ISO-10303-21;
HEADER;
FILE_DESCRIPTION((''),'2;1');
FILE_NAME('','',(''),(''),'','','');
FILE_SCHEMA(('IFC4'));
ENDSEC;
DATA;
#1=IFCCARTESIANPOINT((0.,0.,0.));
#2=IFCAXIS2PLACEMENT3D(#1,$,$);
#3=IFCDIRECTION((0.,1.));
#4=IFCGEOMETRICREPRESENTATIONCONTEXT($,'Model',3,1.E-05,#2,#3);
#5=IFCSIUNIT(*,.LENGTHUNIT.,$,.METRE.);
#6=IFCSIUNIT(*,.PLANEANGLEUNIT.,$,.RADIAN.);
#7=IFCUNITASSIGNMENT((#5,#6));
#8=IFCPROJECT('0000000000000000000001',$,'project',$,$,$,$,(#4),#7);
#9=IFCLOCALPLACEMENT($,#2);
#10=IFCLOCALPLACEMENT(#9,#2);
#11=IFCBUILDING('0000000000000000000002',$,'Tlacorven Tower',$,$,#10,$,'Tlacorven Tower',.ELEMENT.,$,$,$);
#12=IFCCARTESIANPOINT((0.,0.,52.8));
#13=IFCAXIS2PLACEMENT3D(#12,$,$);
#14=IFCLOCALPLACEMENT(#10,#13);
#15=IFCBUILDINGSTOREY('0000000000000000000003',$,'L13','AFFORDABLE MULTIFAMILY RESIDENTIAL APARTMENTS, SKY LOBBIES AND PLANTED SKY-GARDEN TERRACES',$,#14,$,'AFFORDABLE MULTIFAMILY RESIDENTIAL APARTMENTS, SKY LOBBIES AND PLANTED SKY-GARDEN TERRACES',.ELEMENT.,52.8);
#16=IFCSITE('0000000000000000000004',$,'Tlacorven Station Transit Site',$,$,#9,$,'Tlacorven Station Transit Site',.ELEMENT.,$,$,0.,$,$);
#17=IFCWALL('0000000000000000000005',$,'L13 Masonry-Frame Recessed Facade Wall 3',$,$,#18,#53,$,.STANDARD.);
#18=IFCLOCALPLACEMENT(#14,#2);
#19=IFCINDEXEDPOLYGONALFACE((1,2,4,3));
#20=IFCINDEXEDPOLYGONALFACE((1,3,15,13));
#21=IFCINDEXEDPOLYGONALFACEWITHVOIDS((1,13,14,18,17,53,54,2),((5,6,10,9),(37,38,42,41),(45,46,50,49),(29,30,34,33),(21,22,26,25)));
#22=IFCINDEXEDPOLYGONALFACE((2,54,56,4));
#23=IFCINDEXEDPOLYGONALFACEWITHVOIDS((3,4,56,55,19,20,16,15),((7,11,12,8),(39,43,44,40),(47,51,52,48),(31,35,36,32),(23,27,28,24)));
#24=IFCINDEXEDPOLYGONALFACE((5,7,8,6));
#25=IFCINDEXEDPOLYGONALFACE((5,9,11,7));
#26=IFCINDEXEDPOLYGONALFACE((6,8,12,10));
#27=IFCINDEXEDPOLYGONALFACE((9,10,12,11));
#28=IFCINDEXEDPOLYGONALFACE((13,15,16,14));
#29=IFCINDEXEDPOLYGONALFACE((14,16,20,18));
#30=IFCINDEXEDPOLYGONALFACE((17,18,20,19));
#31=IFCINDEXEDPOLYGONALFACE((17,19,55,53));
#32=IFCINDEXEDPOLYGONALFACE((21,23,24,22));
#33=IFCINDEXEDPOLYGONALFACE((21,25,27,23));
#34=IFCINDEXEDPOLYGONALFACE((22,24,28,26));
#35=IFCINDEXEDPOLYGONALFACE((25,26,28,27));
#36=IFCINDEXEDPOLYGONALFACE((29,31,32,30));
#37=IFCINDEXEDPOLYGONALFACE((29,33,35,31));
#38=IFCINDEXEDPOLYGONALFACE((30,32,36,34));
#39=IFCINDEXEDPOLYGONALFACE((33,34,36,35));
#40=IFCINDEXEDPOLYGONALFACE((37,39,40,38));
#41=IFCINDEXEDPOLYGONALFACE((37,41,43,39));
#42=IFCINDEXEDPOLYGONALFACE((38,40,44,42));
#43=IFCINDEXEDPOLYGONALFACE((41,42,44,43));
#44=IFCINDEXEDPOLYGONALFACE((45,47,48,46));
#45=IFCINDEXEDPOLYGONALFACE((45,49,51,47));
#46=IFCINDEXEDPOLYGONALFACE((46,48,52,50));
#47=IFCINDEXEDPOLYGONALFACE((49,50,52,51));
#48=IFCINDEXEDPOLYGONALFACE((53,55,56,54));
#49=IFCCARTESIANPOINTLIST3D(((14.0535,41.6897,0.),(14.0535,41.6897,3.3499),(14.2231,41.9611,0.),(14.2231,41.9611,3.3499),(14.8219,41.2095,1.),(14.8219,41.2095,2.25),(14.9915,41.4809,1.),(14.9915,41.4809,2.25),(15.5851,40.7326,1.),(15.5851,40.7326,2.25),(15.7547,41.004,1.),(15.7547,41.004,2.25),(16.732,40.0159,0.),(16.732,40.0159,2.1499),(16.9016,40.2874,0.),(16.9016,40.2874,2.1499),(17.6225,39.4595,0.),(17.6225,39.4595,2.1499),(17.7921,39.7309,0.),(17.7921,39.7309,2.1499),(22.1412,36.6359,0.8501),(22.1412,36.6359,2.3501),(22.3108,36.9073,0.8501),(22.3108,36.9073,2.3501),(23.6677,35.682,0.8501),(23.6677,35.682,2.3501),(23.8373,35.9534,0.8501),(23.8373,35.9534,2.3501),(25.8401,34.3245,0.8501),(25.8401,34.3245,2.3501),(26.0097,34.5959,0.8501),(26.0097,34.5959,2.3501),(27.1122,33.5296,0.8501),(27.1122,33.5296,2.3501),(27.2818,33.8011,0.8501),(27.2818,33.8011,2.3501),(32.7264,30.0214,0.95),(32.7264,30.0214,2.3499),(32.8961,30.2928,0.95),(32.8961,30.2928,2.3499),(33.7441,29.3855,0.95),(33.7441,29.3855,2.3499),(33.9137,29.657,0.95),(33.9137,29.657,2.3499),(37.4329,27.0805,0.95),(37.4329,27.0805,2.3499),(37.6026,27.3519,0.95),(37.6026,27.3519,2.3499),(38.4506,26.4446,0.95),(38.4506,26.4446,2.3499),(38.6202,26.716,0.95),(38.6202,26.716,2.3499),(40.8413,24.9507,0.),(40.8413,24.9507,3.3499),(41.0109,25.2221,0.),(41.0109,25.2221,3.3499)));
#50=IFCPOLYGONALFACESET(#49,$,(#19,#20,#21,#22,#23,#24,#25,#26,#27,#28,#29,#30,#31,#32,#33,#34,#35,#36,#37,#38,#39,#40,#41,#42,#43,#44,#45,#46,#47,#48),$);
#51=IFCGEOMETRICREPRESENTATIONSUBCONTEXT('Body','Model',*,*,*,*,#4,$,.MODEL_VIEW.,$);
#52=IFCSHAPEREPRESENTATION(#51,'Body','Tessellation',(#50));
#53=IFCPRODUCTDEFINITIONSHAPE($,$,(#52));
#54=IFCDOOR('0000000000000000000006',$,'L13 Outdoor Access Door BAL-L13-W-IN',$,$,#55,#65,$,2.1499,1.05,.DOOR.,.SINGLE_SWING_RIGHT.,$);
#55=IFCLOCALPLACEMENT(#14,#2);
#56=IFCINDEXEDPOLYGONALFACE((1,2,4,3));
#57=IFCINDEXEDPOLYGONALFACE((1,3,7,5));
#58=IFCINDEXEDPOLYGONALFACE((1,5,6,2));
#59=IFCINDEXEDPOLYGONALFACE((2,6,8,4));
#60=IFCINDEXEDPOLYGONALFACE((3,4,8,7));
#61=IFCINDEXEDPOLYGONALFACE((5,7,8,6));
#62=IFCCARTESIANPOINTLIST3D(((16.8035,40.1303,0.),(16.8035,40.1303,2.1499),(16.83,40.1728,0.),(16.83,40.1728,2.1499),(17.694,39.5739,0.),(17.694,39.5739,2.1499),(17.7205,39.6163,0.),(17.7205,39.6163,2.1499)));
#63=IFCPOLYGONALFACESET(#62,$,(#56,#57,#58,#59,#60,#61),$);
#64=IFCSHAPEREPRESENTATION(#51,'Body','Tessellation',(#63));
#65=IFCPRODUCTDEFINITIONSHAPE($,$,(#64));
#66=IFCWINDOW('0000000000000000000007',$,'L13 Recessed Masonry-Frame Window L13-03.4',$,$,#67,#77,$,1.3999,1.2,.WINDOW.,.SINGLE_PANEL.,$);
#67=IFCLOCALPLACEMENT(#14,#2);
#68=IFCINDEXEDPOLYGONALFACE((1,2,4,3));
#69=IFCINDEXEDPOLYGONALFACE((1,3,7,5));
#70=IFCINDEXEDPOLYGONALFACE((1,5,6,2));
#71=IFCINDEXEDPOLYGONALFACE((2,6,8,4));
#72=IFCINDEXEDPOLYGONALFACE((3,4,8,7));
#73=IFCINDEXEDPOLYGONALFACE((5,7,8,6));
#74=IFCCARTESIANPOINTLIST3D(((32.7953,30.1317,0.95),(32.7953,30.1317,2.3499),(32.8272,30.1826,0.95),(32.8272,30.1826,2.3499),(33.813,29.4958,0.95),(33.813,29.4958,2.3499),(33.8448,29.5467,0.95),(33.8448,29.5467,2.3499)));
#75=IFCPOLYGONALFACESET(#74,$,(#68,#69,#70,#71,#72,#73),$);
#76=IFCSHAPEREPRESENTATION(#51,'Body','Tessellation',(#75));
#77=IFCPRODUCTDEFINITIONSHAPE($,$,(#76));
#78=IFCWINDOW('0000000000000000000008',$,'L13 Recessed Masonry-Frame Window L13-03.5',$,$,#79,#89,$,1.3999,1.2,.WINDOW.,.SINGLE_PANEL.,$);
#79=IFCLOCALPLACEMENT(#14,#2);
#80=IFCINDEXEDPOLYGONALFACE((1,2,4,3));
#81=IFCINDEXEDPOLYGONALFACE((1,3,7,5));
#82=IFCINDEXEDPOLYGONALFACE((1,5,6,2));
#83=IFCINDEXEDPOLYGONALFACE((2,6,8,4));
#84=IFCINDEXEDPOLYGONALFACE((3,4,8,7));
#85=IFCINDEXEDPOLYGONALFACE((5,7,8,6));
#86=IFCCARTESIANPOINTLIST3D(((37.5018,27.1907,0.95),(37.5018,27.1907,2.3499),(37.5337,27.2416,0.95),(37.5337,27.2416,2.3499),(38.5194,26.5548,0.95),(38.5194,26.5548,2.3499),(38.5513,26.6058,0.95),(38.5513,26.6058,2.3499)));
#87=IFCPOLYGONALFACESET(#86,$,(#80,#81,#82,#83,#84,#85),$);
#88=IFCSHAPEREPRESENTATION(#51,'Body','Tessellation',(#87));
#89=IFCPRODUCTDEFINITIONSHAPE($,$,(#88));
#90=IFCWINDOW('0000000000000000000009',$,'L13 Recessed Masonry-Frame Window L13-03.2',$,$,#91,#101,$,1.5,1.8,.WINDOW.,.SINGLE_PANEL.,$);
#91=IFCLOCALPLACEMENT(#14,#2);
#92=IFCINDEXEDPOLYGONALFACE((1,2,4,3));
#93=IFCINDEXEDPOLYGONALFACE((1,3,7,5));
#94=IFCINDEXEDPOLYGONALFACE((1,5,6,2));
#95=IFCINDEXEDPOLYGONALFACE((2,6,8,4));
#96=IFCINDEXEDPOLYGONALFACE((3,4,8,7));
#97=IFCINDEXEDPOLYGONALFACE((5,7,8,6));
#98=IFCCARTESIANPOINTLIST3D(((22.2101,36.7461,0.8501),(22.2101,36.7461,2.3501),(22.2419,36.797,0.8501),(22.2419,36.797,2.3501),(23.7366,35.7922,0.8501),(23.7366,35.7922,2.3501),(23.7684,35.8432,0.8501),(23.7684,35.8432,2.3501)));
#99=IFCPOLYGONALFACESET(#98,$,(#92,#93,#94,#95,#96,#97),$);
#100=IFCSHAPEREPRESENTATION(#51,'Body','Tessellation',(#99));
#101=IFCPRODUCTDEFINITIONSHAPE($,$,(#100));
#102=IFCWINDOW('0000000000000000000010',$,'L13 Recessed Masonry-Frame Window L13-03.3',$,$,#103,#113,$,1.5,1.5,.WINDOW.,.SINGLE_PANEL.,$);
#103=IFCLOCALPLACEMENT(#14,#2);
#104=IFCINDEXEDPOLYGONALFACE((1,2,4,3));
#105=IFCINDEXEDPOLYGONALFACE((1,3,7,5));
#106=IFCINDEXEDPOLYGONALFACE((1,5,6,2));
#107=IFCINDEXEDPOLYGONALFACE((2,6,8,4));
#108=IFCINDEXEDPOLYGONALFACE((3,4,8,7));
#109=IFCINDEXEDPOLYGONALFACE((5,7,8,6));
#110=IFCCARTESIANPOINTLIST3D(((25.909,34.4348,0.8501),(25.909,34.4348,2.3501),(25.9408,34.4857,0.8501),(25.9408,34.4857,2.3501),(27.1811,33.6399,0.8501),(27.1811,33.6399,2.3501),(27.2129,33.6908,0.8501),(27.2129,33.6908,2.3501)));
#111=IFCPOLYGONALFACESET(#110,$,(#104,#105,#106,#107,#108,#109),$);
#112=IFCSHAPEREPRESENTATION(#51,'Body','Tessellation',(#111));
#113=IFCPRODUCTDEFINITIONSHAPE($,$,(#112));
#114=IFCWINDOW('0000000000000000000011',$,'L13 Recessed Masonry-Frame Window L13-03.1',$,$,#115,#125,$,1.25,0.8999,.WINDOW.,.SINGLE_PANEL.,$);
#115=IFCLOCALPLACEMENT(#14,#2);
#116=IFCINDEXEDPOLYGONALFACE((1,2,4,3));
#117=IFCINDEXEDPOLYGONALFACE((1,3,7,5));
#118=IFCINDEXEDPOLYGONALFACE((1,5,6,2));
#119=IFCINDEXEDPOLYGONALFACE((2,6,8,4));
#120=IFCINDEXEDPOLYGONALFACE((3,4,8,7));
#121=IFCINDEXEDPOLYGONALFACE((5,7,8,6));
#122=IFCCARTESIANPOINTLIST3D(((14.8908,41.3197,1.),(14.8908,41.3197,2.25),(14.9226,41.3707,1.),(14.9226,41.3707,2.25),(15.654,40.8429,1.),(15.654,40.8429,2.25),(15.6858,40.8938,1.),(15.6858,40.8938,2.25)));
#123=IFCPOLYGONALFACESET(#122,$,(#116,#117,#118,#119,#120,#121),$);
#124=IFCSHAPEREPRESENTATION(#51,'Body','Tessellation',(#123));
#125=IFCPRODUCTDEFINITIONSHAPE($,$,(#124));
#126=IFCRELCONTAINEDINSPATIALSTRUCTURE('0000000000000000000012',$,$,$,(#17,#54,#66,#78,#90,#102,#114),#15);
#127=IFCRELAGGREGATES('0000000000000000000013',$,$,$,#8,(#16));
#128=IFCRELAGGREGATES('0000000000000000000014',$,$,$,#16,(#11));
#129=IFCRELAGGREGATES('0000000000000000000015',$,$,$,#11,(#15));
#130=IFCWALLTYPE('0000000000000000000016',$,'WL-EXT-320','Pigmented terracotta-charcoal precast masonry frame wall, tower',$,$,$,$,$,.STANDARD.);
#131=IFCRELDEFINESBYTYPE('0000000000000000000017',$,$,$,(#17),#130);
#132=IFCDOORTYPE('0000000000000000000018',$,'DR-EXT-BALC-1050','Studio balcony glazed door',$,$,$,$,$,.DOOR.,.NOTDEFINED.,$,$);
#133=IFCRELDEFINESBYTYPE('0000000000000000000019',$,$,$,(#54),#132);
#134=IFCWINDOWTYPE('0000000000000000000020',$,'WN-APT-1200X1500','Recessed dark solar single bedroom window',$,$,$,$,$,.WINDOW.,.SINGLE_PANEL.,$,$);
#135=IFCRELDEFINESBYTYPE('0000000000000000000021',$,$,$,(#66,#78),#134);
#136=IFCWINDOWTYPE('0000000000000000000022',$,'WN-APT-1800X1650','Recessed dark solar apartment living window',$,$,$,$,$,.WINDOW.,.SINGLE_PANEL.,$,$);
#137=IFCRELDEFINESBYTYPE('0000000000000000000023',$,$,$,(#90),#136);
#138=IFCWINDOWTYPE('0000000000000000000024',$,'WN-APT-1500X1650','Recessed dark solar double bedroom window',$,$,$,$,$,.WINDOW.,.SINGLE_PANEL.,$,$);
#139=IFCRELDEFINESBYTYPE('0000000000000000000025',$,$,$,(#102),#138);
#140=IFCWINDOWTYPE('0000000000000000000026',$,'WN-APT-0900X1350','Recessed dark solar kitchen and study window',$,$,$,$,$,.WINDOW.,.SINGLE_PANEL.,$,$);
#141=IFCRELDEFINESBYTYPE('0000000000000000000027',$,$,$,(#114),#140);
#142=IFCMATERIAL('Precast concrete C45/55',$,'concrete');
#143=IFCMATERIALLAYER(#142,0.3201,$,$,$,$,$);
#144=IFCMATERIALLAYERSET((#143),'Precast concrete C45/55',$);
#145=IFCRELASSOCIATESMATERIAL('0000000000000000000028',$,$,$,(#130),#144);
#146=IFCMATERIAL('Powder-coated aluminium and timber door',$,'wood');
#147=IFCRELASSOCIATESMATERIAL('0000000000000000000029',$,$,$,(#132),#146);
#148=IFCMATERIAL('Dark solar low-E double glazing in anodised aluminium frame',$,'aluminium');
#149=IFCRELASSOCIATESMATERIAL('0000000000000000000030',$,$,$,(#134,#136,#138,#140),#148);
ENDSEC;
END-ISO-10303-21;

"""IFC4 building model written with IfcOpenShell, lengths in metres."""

from ifc_helpers import new_model, si_unit, direction, frame, frame_2d, origin, place, context, subcontext, project, spatial, rectangle, extrude, source, transform, mapped, material, layer, layer_set, type_object, element, fill, save


model = new_model("IFC4")

# Units and contexts
model_context = context("Model", 3, precision=1e-05, world=origin(), true_north=direction((0.0, 1.0)))
body_context = subcontext(model_context, "Body", "Model", "MODEL_VIEW")
ifc_project = project(units=[si_unit("LENGTHUNIT", "METRE"), si_unit("PLANEANGLEUNIT", "RADIAN")], contexts=[model_context])

# Site, building, storey
site_placement = place(None, origin())
site = spatial("IfcSite", under=ifc_project, at=site_placement, Name="Tlacorven Station Transit Site", LongName="Tlacorven Station Transit Site", CompositionType="ELEMENT", RefElevation=0.0)
building_placement = place(site_placement, origin())
building = spatial("IfcBuilding", under=site, at=building_placement, Name="Tlacorven Tower", LongName="Tlacorven Tower", CompositionType="ELEMENT")
storey_placement = place(building_placement, frame((0.0, 0.0, 52.8)))
storey = spatial("IfcBuildingStorey", under=building, at=storey_placement, Name="L13", Description="AFFORDABLE MULTIFAMILY RESIDENTIAL APARTMENTS, SKY LOBBIES AND PLANTED SKY-GARDEN TERRACES", LongName="AFFORDABLE MULTIFAMILY RESIDENTIAL APARTMENTS, SKY LOBBIES AND PLANTED SKY-GARDEN TERRACES", CompositionType="ELEMENT", Elevation=52.8)

# Wall, openings, door, windows
ifc_material_1 = material(Name="Precast concrete C45/55", Category="concrete")
ifc_layer_1 = layer(ifc_material_1, 0.3201)
ifc_layer_set_1 = layer_set([ifc_layer_1], Name="Precast concrete C45/55")
wall_type_1 = type_object("IfcWallType", Name="WL-EXT-320", Description="Pigmented terracotta-charcoal precast masonry frame wall, tower", PredefinedType="STANDARD", material=ifc_layer_set_1)
wall_1_placement = place(storey_placement, frame((14.1382, 41.8254, 0.0), z_axis=(0.0, 0.0, 1.0), x_axis=(0.848046, -0.529922, 0.0)))
wall_1 = element("IfcWall", 1, at=wall_1_placement, inside=storey, type_object=wall_type_1, Name="L13 Masonry-Frame Recessed Facade Wall 3", PredefinedType="STANDARD", context=body_context, shape_type="SweptSolid", body=[
    extrude(rectangle(XDim=31.5876, YDim=0.3201, at=frame_2d((15.7939, 0.0))), origin(), (0.0, 0.0, 1.0), 3.3499),
])
opening_1_placement = place(wall_1_placement, frame((3.1587, 0.0, 0.0)))
opening_1 = element("IfcOpeningElement", 2, at=opening_1_placement, cuts=wall_1, PredefinedType="OPENING", context=body_context, shape_type="SweptSolid", body=[
    extrude(rectangle(XDim=1.05, YDim=2.1499, at=frame_2d((0.5249, 1.075))), frame((0.0, 0.1699, 0.0), z_axis=(0.0, -1.0, 0.0), x_axis=(1.0, 0.0, 0.0)), (0.0, 0.0, 1.0), 0.3401),
])
opening_2_placement = place(wall_1_placement, frame((0.9062, 0.0, 1.0)))
opening_2 = element("IfcOpeningElement", 3, at=opening_2_placement, cuts=wall_1, PredefinedType="OPENING", context=body_context, shape_type="SweptSolid", body=[
    extrude(rectangle(XDim=0.8999, YDim=1.25, at=frame_2d((0.45, 0.625))), frame((0.0, 0.1699, 0.0), z_axis=(0.0, -1.0, 0.0), x_axis=(1.0, 0.0, 0.0)), (0.0, 0.0, 1.0), 0.3401),
])
opening_3_placement = place(wall_1_placement, frame((9.5371, 0.0, 0.8501)))
opening_3 = element("IfcOpeningElement", 4, at=opening_3_placement, cuts=wall_1, PredefinedType="OPENING", context=body_context, shape_type="SweptSolid", body=[
    extrude(rectangle(XDim=1.8, YDim=1.5, at=frame_2d((0.8999, 0.75))), frame((0.0, 0.1699, 0.0), z_axis=(0.0, -1.0, 0.0), x_axis=(1.0, 0.0, 0.0)), (0.0, 0.0, 1.0), 0.3401),
])
opening_4_placement = place(wall_1_placement, frame((13.8987, 0.0, 0.8501)))
opening_4 = element("IfcOpeningElement", 5, at=opening_4_placement, cuts=wall_1, PredefinedType="OPENING", context=body_context, shape_type="SweptSolid", body=[
    extrude(rectangle(XDim=1.5, YDim=1.5, at=frame_2d((0.75, 0.75))), frame((0.0, 0.1699, 0.0), z_axis=(0.0, -1.0, 0.0), x_axis=(1.0, 0.0, 0.0)), (0.0, 0.0, 1.0), 0.3401),
])
opening_5_placement = place(wall_1_placement, frame((22.0188, 0.0, 0.95)))
opening_5 = element("IfcOpeningElement", 6, at=opening_5_placement, cuts=wall_1, PredefinedType="OPENING", context=body_context, shape_type="SweptSolid", body=[
    extrude(rectangle(XDim=1.2, YDim=1.3999, at=frame_2d((0.6001, 0.7))), frame((0.0, 0.1699, 0.0), z_axis=(0.0, -1.0, 0.0), x_axis=(1.0, 0.0, 0.0)), (0.0, 0.0, 1.0), 0.3401),
])
opening_6_placement = place(wall_1_placement, frame((27.5686, 0.0, 0.95)))
opening_6 = element("IfcOpeningElement", 7, at=opening_6_placement, cuts=wall_1, PredefinedType="OPENING", context=body_context, shape_type="SweptSolid", body=[
    extrude(rectangle(XDim=1.2, YDim=1.3999, at=frame_2d((0.6001, 0.7))), frame((0.0, 0.1699, 0.0), z_axis=(0.0, -1.0, 0.0), x_axis=(1.0, 0.0, 0.0)), (0.0, 0.0, 1.0), 0.3401),
])
ifc_material_2 = material(Name="Powder-coated aluminium and timber door", Category="wood")
door_type_1 = type_object("IfcDoorType", Name="DR-EXT-BALC-1050", Description="Studio balcony glazed door", OperationType="NOTDEFINED", PredefinedType="DOOR", material=ifc_material_2)
shared_shape_1 = source(origin(), body_context, "Body", "SweptSolid", [
    extrude(rectangle(XDim=1.05, YDim=2.1499, at=frame_2d((0.5249, 1.075))), frame((0.0, 0.0249, 0.0), z_axis=(0.0, -1.0, 0.0), x_axis=(1.0, 0.0, 0.0)), (0.0, 0.0, 1.0), 0.05),
])
door_1_placement = place(opening_1_placement, origin())
door_1 = element("IfcDoor", 8, at=door_1_placement, inside=storey, type_object=door_type_1, Name="L13 Outdoor Access Door BAL-L13-W-IN", OperationType="SINGLE_SWING_RIGHT", OverallHeight=2.1499, OverallWidth=1.05, PredefinedType="DOOR", context=body_context, shape_type="MappedRepresentation", body=[
    mapped(shared_shape_1, transform((0.0, 0.0, 0.0), scale=1.0)),
])
fill(opening_1, door_1)
ifc_material_3 = material(Name="Dark solar low-E double glazing in anodised aluminium frame", Category="aluminium")
window_type_1 = type_object("IfcWindowType", Name="WN-APT-1200X1500", Description="Recessed dark solar single bedroom window", PartitioningType="SINGLE_PANEL", PredefinedType="WINDOW", material=ifc_material_3)
shared_shape_2 = source(origin(), body_context, "Body", "SweptSolid", [
    extrude(rectangle(XDim=1.2, YDim=1.3999, at=frame_2d((0.6001, 0.7))), frame((0.0, 0.03, 0.0), z_axis=(0.0, -1.0, 0.0), x_axis=(1.0, 0.0, 0.0)), (0.0, 0.0, 1.0), 0.0601),
])
window_1_placement = place(opening_5_placement, origin())
window_1 = element("IfcWindow", 9, at=window_1_placement, inside=storey, type_object=window_type_1, Name="L13 Recessed Masonry-Frame Window L13-03.4", OverallHeight=1.3999, OverallWidth=1.2, PartitioningType="SINGLE_PANEL", PredefinedType="WINDOW", context=body_context, shape_type="MappedRepresentation", body=[
    mapped(shared_shape_2, transform((0.0, 0.0, 0.0), scale=1.0)),
])
fill(opening_5, window_1)
window_2_placement = place(opening_6_placement, origin())
window_2 = element("IfcWindow", 10, at=window_2_placement, inside=storey, type_object=window_type_1, Name="L13 Recessed Masonry-Frame Window L13-03.5", OverallHeight=1.3999, OverallWidth=1.2, PartitioningType="SINGLE_PANEL", PredefinedType="WINDOW", context=body_context, shape_type="MappedRepresentation", body=[
    mapped(shared_shape_2, transform((0.0, 0.0, 0.0), scale=1.0)),
])
fill(opening_6, window_2)
window_type_2 = type_object("IfcWindowType", Name="WN-APT-1800X1650", Description="Recessed dark solar apartment living window", PartitioningType="SINGLE_PANEL", PredefinedType="WINDOW", material=ifc_material_3)
shared_shape_3 = source(origin(), body_context, "Body", "SweptSolid", [
    extrude(rectangle(XDim=1.8, YDim=1.5, at=frame_2d((0.8999, 0.75))), frame((0.0, 0.03, 0.0), z_axis=(0.0, -1.0, 0.0), x_axis=(1.0, 0.0, 0.0)), (0.0, 0.0, 1.0), 0.0601),
])
window_3_placement = place(opening_3_placement, origin())
window_3 = element("IfcWindow", 11, at=window_3_placement, inside=storey, type_object=window_type_2, Name="L13 Recessed Masonry-Frame Window L13-03.2", OverallHeight=1.5, OverallWidth=1.8, PartitioningType="SINGLE_PANEL", PredefinedType="WINDOW", context=body_context, shape_type="MappedRepresentation", body=[
    mapped(shared_shape_3, transform((0.0, 0.0, 0.0), scale=1.0)),
])
fill(opening_3, window_3)
window_type_3 = type_object("IfcWindowType", Name="WN-APT-1500X1650", Description="Recessed dark solar double bedroom window", PartitioningType="SINGLE_PANEL", PredefinedType="WINDOW", material=ifc_material_3)
shared_shape_4 = source(origin(), body_context, "Body", "SweptSolid", [
    extrude(rectangle(XDim=1.5, YDim=1.5, at=frame_2d((0.75, 0.75))), frame((0.0, 0.03, 0.0), z_axis=(0.0, -1.0, 0.0), x_axis=(1.0, 0.0, 0.0)), (0.0, 0.0, 1.0), 0.0601),
])
window_4_placement = place(opening_4_placement, origin())
window_4 = element("IfcWindow", 12, at=window_4_placement, inside=storey, type_object=window_type_3, Name="L13 Recessed Masonry-Frame Window L13-03.3", OverallHeight=1.5, OverallWidth=1.5, PartitioningType="SINGLE_PANEL", PredefinedType="WINDOW", context=body_context, shape_type="MappedRepresentation", body=[
    mapped(shared_shape_4, transform((0.0, 0.0, 0.0), scale=1.0)),
])
fill(opening_4, window_4)
window_type_4 = type_object("IfcWindowType", Name="WN-APT-0900X1350", Description="Recessed dark solar kitchen and study window", PartitioningType="SINGLE_PANEL", PredefinedType="WINDOW", material=ifc_material_3)
shared_shape_5 = source(origin(), body_context, "Body", "SweptSolid", [
    extrude(rectangle(XDim=0.8999, YDim=1.25, at=frame_2d((0.45, 0.625))), frame((0.0, 0.03, 0.0), z_axis=(0.0, -1.0, 0.0), x_axis=(1.0, 0.0, 0.0)), (0.0, 0.0, 1.0), 0.0601),
])
window_5_placement = place(opening_2_placement, origin())
window_5 = element("IfcWindow", 13, at=window_5_placement, inside=storey, type_object=window_type_4, Name="L13 Recessed Masonry-Frame Window L13-03.1", OverallHeight=1.25, OverallWidth=0.8999, PartitioningType="SINGLE_PANEL", PredefinedType="WINDOW", context=body_context, shape_type="MappedRepresentation", body=[
    mapped(shared_shape_5, transform((0.0, 0.0, 0.0), scale=1.0)),
])
fill(opening_2, window_5)

save(model, "model.ifc")
